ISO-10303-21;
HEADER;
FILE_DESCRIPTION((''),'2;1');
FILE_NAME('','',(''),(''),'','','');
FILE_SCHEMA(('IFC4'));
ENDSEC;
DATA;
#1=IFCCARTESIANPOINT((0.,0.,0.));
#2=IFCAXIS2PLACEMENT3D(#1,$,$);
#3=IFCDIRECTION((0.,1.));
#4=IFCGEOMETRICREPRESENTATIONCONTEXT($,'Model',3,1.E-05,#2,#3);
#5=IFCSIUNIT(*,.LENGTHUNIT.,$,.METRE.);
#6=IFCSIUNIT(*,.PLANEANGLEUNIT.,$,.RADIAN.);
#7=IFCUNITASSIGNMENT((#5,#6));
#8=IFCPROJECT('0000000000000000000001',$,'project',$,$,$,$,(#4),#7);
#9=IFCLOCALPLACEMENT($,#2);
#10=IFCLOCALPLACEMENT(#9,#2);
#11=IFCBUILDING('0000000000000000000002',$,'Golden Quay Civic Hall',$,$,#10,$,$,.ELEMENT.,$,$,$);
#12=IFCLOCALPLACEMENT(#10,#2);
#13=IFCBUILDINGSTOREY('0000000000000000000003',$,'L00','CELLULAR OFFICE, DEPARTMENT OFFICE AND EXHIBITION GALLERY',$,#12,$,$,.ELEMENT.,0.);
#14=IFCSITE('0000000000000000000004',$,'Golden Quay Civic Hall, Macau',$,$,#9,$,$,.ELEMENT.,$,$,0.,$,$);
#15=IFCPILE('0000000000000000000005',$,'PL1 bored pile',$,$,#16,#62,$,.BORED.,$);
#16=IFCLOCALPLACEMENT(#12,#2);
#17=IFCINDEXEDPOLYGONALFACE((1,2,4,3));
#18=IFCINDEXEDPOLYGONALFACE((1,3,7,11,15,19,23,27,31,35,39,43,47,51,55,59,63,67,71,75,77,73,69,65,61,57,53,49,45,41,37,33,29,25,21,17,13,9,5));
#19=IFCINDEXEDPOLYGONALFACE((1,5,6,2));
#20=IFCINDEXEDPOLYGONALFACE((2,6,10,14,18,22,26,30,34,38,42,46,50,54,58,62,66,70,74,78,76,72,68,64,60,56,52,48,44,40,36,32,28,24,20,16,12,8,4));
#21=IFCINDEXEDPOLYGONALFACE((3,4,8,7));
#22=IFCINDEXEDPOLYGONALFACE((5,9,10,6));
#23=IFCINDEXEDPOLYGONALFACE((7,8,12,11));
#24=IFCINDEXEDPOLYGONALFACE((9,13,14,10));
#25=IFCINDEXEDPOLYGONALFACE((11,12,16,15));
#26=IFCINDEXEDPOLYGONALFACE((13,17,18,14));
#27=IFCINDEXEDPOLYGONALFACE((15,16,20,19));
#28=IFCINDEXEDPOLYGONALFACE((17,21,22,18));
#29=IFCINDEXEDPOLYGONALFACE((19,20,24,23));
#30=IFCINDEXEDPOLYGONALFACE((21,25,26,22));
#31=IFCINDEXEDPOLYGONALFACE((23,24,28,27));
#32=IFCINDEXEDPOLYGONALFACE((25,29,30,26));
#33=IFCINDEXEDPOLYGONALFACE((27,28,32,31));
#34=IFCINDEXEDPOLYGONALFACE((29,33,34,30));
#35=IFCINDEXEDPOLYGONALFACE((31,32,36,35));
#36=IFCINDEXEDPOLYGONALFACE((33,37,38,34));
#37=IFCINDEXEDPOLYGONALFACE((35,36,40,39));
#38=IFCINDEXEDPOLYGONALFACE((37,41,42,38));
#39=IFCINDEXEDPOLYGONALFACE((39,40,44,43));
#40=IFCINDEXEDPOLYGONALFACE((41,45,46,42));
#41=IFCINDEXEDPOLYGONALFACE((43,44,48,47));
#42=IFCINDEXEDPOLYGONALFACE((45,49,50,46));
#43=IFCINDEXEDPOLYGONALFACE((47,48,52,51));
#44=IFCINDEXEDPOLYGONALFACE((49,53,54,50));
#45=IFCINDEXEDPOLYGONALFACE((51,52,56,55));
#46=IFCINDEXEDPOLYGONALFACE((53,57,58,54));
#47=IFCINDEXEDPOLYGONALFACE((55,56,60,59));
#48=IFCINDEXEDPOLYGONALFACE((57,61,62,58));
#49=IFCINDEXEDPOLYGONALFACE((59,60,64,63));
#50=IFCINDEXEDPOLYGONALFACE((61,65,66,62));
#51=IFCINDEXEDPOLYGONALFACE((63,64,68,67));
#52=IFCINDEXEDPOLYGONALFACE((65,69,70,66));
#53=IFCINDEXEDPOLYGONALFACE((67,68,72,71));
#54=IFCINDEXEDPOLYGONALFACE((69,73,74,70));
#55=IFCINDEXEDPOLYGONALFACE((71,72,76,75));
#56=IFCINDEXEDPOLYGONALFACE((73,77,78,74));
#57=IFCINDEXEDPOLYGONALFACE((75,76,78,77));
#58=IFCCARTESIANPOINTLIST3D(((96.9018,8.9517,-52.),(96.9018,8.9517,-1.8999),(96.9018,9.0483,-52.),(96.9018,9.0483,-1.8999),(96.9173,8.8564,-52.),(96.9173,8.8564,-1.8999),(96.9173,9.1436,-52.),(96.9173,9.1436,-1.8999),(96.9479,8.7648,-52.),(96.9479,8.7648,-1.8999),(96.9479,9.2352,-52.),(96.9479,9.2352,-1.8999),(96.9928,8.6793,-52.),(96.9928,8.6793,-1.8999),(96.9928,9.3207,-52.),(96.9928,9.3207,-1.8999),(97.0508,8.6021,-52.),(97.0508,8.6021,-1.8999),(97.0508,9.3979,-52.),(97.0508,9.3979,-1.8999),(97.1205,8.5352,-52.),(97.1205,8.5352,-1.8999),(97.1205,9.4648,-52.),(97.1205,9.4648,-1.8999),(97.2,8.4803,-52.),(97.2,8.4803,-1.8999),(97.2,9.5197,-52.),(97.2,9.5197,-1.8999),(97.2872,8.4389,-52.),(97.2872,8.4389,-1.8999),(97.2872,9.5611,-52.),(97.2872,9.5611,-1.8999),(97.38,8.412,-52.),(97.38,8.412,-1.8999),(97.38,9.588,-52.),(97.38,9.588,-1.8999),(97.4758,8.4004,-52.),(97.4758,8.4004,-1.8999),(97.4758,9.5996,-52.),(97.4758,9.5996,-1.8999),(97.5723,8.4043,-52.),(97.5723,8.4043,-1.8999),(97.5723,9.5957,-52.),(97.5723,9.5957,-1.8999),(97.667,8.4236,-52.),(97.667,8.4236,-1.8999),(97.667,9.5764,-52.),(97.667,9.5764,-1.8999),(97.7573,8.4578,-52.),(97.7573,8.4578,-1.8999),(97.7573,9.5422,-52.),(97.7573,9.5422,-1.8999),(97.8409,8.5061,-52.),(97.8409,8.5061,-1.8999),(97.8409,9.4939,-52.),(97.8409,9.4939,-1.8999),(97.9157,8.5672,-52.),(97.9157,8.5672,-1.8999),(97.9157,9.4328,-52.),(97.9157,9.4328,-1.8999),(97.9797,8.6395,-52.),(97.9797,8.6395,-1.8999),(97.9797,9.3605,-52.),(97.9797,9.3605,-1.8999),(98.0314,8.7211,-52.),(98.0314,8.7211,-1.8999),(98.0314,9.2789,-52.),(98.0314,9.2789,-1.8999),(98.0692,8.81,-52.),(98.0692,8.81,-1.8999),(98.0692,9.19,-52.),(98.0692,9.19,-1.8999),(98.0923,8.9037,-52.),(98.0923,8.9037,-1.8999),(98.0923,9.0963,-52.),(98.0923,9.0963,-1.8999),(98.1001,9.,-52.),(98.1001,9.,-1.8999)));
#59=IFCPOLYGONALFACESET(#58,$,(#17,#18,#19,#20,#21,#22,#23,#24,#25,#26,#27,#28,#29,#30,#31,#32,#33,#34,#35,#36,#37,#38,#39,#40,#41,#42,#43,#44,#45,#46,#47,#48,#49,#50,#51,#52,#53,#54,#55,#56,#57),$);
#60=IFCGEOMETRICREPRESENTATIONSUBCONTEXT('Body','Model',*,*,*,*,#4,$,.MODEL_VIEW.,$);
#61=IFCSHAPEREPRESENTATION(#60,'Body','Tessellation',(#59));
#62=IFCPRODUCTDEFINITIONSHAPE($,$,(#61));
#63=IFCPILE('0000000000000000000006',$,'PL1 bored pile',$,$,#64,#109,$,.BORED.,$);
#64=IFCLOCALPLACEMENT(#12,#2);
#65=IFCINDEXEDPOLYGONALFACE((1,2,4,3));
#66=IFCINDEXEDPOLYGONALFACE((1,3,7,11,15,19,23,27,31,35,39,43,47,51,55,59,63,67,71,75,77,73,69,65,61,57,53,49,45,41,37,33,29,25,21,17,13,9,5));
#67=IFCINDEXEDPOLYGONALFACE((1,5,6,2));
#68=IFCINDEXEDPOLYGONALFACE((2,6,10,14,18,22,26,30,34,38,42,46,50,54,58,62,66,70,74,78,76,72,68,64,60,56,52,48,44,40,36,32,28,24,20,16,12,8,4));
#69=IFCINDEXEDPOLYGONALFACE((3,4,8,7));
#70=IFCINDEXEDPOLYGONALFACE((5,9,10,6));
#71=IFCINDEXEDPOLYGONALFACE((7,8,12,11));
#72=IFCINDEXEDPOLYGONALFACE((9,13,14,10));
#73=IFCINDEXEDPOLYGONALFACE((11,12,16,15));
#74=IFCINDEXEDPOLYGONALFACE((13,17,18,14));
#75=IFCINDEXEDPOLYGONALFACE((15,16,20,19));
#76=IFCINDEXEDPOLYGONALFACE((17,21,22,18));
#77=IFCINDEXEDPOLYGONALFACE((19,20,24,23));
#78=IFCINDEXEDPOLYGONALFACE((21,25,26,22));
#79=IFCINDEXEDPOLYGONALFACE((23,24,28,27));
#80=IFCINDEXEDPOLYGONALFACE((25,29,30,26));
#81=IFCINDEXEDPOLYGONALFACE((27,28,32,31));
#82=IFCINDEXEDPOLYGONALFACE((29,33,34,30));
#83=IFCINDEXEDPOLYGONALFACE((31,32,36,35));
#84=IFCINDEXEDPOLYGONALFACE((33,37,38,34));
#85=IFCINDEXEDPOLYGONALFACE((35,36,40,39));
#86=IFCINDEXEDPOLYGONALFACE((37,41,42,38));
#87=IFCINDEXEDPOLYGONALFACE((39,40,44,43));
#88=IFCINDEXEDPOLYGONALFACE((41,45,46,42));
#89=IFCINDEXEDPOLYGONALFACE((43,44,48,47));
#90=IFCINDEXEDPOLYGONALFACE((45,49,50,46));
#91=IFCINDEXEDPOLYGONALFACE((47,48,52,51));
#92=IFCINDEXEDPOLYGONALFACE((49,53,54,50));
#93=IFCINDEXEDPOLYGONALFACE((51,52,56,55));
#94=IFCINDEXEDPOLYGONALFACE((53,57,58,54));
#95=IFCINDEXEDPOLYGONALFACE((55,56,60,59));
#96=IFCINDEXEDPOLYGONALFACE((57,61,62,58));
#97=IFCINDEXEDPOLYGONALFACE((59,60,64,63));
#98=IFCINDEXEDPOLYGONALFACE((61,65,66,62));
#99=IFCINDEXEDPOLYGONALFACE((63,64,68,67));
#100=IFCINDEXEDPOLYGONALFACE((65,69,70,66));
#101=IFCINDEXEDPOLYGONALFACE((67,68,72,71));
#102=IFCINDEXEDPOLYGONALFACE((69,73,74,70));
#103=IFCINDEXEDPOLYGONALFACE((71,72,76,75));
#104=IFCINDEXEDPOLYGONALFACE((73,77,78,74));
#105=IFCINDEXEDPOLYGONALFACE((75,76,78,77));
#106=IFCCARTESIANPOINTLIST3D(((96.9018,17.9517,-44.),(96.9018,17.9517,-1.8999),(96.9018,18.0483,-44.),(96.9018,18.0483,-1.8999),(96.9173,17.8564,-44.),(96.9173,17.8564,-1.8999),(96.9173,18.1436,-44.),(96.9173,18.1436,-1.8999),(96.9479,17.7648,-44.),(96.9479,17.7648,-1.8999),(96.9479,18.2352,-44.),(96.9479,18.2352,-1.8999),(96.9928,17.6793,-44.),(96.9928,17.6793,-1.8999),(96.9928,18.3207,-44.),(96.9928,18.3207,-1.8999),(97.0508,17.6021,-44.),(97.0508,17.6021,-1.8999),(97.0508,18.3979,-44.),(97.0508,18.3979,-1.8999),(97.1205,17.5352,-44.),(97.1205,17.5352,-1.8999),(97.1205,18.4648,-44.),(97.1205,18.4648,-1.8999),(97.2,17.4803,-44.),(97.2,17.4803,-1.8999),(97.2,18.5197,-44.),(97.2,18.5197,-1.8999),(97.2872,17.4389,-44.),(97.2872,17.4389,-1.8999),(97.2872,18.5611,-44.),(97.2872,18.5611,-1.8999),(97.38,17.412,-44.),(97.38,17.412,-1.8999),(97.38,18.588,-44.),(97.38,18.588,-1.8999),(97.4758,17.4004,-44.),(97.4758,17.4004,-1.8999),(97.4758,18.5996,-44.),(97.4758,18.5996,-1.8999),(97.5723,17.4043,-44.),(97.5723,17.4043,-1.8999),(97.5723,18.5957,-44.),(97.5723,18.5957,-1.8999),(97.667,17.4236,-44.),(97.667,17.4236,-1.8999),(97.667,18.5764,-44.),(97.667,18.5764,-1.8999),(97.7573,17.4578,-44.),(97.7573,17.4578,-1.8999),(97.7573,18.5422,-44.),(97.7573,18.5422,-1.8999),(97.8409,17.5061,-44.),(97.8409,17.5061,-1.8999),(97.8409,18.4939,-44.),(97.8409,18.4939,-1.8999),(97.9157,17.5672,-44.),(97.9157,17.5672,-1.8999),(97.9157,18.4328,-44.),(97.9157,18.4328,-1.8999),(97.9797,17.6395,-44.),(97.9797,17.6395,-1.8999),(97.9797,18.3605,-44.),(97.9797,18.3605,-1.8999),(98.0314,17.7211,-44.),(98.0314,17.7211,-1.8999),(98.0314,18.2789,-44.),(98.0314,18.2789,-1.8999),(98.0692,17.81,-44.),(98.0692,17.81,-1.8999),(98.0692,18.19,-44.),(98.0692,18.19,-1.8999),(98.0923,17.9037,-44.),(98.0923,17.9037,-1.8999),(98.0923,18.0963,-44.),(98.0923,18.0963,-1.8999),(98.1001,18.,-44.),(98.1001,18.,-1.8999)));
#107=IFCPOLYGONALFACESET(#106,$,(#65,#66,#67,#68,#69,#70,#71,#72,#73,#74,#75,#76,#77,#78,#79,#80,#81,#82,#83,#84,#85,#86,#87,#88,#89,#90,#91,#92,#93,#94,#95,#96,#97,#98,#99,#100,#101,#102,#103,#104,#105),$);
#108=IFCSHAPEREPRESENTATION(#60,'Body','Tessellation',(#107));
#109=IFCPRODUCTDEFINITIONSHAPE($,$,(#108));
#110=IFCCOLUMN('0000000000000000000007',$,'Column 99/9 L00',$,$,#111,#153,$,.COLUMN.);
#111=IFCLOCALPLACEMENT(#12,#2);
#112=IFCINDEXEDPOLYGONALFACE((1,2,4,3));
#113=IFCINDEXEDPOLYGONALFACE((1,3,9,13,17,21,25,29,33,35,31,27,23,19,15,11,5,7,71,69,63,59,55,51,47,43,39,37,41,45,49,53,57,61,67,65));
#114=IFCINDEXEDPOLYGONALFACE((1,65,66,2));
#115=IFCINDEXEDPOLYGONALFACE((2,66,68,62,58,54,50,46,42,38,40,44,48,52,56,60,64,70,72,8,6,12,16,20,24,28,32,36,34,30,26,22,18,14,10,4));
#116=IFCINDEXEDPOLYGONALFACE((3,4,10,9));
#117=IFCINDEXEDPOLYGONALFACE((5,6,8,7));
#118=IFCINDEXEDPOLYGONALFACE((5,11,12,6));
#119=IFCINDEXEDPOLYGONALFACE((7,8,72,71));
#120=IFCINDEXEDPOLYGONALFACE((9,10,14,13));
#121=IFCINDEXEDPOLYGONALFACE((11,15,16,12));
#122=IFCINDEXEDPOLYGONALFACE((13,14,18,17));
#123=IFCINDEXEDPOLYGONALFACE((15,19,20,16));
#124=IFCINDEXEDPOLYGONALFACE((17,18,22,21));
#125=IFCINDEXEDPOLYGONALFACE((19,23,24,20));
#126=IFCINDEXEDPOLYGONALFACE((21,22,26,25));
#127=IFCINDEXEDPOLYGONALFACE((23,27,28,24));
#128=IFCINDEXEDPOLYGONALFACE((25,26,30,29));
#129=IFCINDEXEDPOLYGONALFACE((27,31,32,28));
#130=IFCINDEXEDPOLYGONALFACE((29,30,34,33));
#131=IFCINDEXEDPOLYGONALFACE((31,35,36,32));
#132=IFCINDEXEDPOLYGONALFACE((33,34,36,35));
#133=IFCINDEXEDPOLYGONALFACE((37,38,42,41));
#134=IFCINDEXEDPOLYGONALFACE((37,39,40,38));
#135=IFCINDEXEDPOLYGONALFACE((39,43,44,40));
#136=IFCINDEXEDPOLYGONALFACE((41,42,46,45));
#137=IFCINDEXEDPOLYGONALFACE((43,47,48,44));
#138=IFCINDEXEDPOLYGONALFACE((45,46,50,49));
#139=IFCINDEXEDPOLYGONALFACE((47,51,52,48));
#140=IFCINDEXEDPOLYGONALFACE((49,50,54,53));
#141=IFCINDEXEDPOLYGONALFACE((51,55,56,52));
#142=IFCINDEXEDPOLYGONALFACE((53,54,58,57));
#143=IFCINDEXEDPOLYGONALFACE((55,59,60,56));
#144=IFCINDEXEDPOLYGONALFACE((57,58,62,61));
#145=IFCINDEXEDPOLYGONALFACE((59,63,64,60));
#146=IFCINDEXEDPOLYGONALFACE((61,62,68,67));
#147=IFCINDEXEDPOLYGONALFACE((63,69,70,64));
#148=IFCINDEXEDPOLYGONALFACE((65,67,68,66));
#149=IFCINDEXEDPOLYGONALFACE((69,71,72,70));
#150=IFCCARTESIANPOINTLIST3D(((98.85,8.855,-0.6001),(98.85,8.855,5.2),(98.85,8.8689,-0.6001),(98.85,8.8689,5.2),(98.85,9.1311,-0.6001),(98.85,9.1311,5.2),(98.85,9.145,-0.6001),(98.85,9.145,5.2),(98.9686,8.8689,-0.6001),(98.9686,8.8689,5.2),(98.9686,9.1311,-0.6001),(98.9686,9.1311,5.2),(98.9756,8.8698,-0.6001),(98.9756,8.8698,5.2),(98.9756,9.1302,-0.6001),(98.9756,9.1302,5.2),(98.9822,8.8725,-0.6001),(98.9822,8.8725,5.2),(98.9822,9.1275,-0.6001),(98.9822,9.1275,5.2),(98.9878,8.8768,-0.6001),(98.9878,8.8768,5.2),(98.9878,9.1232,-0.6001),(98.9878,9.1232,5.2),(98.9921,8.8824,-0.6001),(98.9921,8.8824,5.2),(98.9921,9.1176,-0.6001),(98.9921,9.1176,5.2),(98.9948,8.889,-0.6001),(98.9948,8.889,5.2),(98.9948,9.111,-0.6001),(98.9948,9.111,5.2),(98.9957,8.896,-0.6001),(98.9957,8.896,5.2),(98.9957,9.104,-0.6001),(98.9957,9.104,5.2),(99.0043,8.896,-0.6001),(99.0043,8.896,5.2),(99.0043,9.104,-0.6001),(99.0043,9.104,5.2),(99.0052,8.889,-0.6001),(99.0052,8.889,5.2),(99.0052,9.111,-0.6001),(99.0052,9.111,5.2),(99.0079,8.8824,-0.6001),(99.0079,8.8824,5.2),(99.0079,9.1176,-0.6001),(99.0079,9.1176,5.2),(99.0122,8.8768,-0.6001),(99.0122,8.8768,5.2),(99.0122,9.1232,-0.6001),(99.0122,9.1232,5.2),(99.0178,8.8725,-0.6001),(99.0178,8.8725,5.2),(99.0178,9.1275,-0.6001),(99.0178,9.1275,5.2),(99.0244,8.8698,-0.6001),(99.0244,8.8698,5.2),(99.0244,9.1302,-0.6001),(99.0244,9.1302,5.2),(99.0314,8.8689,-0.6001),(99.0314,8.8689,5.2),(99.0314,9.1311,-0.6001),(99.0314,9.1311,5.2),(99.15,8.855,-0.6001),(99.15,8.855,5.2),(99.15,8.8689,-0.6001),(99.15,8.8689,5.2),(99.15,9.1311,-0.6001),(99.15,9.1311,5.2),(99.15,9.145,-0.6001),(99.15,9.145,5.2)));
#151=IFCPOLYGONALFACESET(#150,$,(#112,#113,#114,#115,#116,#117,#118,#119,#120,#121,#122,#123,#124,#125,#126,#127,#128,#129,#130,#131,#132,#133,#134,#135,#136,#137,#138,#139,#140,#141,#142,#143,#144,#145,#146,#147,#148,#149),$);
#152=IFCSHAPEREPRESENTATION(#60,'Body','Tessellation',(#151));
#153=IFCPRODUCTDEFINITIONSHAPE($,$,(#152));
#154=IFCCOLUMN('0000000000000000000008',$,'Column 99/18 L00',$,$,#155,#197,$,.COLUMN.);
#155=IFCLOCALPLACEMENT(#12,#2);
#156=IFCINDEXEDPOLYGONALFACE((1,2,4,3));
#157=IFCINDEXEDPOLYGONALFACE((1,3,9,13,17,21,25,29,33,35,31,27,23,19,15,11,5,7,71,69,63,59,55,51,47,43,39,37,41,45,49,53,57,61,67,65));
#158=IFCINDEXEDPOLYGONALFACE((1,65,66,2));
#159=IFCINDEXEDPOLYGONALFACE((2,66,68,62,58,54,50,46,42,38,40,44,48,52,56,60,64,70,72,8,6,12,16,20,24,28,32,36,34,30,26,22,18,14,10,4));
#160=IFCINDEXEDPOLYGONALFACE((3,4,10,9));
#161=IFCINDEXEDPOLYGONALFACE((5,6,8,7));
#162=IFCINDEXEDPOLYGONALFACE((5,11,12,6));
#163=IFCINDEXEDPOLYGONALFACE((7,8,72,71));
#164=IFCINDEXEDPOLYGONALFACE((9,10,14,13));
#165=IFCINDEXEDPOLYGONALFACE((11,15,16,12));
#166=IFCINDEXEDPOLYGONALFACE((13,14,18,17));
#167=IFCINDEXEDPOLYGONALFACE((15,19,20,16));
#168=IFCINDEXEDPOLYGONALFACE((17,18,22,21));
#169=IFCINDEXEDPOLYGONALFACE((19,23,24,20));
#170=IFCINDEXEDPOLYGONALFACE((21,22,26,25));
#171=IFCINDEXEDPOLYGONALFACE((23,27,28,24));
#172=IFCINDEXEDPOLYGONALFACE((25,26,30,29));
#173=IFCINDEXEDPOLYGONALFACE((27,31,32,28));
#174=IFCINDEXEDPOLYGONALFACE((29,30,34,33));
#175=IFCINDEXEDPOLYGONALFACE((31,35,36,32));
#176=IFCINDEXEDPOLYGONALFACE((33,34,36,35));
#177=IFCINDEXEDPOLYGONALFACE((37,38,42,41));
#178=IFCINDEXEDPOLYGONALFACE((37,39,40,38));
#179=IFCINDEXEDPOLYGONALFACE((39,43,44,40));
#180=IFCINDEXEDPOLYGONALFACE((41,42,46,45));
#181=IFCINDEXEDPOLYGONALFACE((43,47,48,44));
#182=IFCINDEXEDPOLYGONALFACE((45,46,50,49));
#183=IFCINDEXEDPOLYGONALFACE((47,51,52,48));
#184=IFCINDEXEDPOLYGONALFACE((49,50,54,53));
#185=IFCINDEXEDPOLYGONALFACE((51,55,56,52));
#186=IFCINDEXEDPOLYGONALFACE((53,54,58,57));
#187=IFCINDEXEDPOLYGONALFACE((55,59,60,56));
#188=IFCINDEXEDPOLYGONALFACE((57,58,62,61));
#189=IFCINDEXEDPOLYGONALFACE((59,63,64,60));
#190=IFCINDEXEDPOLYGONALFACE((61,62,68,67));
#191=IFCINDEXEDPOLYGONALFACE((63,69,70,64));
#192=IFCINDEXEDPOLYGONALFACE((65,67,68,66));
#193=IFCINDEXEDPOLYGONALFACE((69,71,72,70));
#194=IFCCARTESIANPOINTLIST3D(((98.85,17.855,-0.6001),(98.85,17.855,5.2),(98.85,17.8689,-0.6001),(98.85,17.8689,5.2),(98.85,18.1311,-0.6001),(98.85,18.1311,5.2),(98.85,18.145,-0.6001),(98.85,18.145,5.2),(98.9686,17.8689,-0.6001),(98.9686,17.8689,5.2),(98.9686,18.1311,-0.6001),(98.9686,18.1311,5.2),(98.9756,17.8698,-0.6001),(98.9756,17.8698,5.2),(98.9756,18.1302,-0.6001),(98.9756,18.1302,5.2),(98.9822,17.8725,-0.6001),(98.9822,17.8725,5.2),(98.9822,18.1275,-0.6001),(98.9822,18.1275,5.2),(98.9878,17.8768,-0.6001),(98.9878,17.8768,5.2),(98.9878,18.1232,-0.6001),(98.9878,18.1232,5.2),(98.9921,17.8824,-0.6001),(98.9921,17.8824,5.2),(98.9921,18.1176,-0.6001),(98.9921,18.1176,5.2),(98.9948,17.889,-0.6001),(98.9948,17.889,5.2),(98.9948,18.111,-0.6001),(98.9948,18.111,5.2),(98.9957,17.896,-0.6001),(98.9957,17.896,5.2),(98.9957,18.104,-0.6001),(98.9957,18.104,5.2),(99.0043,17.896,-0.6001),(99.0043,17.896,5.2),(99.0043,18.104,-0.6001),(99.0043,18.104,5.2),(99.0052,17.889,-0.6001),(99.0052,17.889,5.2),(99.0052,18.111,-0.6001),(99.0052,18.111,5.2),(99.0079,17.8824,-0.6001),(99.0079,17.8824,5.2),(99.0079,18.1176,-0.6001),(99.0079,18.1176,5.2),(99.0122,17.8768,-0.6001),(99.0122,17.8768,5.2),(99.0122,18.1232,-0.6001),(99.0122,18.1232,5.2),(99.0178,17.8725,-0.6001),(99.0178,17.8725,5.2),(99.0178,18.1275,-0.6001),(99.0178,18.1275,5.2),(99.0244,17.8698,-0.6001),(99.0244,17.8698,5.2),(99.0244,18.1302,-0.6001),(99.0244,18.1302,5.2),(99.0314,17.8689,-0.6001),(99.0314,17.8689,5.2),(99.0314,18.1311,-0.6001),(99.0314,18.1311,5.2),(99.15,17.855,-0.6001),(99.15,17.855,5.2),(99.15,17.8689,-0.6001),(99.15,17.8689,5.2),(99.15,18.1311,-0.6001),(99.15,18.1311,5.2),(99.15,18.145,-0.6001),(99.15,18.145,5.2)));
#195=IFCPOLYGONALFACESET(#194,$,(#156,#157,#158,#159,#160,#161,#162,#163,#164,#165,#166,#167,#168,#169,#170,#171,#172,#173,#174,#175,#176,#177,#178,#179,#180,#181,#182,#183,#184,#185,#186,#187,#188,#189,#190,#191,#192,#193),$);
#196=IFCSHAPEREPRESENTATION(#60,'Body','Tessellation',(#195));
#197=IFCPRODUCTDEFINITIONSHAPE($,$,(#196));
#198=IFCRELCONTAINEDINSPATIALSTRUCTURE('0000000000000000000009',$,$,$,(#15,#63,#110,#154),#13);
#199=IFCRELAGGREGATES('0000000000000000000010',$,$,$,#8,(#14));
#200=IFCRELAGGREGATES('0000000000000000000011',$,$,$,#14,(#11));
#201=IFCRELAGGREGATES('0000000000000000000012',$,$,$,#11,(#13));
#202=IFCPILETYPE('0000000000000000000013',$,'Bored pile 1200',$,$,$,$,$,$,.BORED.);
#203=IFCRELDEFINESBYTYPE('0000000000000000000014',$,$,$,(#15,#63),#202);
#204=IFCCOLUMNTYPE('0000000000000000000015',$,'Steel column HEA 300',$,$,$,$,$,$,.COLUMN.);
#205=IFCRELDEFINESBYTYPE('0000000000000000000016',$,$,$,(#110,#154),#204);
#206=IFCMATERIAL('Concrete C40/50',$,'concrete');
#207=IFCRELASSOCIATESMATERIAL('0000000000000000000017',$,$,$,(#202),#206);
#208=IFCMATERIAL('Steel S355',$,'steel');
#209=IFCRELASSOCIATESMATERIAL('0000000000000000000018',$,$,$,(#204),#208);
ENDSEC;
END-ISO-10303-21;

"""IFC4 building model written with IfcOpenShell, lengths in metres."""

from ifc_helpers import new_model, si_unit, direction, frame, origin, origin_2d, place, context, subcontext, project, spatial, circle, i_section, extrude, material, material_profile, profile_set, type_object, element, save


model = new_model("IFC4")

# Units and contexts
model_context = context("Model", 3, precision=1e-05, world=origin(), true_north=direction((0.0, 1.0)))
body_context = subcontext(model_context, "Body", "Model", "MODEL_VIEW")
ifc_project = project(units=[si_unit("LENGTHUNIT", "METRE"), si_unit("PLANEANGLEUNIT", "RADIAN")], contexts=[model_context])

# Site, building, storey
site_placement = place(None, origin())
site = spatial("IfcSite", under=ifc_project, at=site_placement, Name="Golden Quay Civic Hall, Macau", CompositionType="ELEMENT", RefElevation=0.0)
building_placement = place(site_placement, origin())
building = spatial("IfcBuilding", under=site, at=building_placement, Name="Golden Quay Civic Hall", CompositionType="ELEMENT")
storey_placement = place(building_placement, origin())
storey = spatial("IfcBuildingStorey", under=building, at=storey_placement, Name="L00", Description="CELLULAR OFFICE, DEPARTMENT OFFICE AND EXHIBITION GALLERY", CompositionType="ELEMENT", Elevation=0.0)

# Piles
ifc_material_1 = material(Name="Concrete C40/50", Category="concrete")
ifc_material_profile_1 = material_profile(ifc_material_1, circle(Radius=0.6001, at=origin_2d()), Name="RC D1200")
ifc_profile_set_1 = profile_set([ifc_material_profile_1], Name="Concrete C40/50")
pile_type = type_object("IfcPileType", Name="Bored pile 1200", PredefinedType="BORED", material=ifc_profile_set_1)
pile_1_placement = place(storey_placement, frame((97.5, 9.0, -1.8999), z_axis=(0.0, 0.0, -1.0), x_axis=(1.0, 0.0, 0.0)))
element("IfcPile", 1, at=pile_1_placement, inside=storey, type_object=pile_type, Name="PL1 bored pile", PredefinedType="BORED", context=body_context, shape_type="SweptSolid", body=[
    extrude(circle(Radius=0.6001, at=origin_2d()), origin(), (0.0, 0.0, 1.0), 50.1001),
])
pile_2_placement = place(storey_placement, frame((97.5, 18.0, -1.8999), z_axis=(0.0, 0.0, -1.0), x_axis=(1.0, 0.0, 0.0)))
element("IfcPile", 2, at=pile_2_placement, inside=storey, type_object=pile_type, Name="PL1 bored pile", PredefinedType="BORED", context=body_context, shape_type="SweptSolid", body=[
    extrude(circle(Radius=0.6001, at=origin_2d()), origin(), (0.0, 0.0, 1.0), 42.1001),
])

# Columns
ifc_material_2 = material(Name="Steel S355", Category="steel")
ifc_material_profile_2 = material_profile(ifc_material_2, i_section(OverallWidth=0.3, OverallDepth=0.29, WebThickness=0.0085, FlangeThickness=0.0139, FilletRadius=0.0271, at=origin_2d()), Name="HEA 300")
ifc_profile_set_2 = profile_set([ifc_material_profile_2], Name="Steel S355")
column_type = type_object("IfcColumnType", Name="Steel column HEA 300", PredefinedType="COLUMN", material=ifc_profile_set_2)
for number, where, z_axis, x_axis, name in (
    (3, (99.0, 9.0, -0.6001), (0.0, 0.0, 1.0), (1.0, 0.0, 0.0), "Column 99/9 L00"),
    (4, (99.0, 18.0, -0.6001), (0.0, 0.0, 1.0), (1.0, 0.0, 0.0), "Column 99/18 L00"),
):
    element("IfcColumn", number, at=place(storey_placement, frame(where, z_axis=z_axis, x_axis=x_axis)), inside=storey, type_object=column_type, Name=name, PredefinedType="COLUMN", context=body_context, shape_type="SweptSolid", body=[
        extrude(i_section(OverallWidth=0.3, OverallDepth=0.29, WebThickness=0.0085, FlangeThickness=0.0139, FilletRadius=0.0271, at=origin_2d()), origin(), (0.0, 0.0, 1.0), 5.8),
    ])

save(model, "model.ifc")
